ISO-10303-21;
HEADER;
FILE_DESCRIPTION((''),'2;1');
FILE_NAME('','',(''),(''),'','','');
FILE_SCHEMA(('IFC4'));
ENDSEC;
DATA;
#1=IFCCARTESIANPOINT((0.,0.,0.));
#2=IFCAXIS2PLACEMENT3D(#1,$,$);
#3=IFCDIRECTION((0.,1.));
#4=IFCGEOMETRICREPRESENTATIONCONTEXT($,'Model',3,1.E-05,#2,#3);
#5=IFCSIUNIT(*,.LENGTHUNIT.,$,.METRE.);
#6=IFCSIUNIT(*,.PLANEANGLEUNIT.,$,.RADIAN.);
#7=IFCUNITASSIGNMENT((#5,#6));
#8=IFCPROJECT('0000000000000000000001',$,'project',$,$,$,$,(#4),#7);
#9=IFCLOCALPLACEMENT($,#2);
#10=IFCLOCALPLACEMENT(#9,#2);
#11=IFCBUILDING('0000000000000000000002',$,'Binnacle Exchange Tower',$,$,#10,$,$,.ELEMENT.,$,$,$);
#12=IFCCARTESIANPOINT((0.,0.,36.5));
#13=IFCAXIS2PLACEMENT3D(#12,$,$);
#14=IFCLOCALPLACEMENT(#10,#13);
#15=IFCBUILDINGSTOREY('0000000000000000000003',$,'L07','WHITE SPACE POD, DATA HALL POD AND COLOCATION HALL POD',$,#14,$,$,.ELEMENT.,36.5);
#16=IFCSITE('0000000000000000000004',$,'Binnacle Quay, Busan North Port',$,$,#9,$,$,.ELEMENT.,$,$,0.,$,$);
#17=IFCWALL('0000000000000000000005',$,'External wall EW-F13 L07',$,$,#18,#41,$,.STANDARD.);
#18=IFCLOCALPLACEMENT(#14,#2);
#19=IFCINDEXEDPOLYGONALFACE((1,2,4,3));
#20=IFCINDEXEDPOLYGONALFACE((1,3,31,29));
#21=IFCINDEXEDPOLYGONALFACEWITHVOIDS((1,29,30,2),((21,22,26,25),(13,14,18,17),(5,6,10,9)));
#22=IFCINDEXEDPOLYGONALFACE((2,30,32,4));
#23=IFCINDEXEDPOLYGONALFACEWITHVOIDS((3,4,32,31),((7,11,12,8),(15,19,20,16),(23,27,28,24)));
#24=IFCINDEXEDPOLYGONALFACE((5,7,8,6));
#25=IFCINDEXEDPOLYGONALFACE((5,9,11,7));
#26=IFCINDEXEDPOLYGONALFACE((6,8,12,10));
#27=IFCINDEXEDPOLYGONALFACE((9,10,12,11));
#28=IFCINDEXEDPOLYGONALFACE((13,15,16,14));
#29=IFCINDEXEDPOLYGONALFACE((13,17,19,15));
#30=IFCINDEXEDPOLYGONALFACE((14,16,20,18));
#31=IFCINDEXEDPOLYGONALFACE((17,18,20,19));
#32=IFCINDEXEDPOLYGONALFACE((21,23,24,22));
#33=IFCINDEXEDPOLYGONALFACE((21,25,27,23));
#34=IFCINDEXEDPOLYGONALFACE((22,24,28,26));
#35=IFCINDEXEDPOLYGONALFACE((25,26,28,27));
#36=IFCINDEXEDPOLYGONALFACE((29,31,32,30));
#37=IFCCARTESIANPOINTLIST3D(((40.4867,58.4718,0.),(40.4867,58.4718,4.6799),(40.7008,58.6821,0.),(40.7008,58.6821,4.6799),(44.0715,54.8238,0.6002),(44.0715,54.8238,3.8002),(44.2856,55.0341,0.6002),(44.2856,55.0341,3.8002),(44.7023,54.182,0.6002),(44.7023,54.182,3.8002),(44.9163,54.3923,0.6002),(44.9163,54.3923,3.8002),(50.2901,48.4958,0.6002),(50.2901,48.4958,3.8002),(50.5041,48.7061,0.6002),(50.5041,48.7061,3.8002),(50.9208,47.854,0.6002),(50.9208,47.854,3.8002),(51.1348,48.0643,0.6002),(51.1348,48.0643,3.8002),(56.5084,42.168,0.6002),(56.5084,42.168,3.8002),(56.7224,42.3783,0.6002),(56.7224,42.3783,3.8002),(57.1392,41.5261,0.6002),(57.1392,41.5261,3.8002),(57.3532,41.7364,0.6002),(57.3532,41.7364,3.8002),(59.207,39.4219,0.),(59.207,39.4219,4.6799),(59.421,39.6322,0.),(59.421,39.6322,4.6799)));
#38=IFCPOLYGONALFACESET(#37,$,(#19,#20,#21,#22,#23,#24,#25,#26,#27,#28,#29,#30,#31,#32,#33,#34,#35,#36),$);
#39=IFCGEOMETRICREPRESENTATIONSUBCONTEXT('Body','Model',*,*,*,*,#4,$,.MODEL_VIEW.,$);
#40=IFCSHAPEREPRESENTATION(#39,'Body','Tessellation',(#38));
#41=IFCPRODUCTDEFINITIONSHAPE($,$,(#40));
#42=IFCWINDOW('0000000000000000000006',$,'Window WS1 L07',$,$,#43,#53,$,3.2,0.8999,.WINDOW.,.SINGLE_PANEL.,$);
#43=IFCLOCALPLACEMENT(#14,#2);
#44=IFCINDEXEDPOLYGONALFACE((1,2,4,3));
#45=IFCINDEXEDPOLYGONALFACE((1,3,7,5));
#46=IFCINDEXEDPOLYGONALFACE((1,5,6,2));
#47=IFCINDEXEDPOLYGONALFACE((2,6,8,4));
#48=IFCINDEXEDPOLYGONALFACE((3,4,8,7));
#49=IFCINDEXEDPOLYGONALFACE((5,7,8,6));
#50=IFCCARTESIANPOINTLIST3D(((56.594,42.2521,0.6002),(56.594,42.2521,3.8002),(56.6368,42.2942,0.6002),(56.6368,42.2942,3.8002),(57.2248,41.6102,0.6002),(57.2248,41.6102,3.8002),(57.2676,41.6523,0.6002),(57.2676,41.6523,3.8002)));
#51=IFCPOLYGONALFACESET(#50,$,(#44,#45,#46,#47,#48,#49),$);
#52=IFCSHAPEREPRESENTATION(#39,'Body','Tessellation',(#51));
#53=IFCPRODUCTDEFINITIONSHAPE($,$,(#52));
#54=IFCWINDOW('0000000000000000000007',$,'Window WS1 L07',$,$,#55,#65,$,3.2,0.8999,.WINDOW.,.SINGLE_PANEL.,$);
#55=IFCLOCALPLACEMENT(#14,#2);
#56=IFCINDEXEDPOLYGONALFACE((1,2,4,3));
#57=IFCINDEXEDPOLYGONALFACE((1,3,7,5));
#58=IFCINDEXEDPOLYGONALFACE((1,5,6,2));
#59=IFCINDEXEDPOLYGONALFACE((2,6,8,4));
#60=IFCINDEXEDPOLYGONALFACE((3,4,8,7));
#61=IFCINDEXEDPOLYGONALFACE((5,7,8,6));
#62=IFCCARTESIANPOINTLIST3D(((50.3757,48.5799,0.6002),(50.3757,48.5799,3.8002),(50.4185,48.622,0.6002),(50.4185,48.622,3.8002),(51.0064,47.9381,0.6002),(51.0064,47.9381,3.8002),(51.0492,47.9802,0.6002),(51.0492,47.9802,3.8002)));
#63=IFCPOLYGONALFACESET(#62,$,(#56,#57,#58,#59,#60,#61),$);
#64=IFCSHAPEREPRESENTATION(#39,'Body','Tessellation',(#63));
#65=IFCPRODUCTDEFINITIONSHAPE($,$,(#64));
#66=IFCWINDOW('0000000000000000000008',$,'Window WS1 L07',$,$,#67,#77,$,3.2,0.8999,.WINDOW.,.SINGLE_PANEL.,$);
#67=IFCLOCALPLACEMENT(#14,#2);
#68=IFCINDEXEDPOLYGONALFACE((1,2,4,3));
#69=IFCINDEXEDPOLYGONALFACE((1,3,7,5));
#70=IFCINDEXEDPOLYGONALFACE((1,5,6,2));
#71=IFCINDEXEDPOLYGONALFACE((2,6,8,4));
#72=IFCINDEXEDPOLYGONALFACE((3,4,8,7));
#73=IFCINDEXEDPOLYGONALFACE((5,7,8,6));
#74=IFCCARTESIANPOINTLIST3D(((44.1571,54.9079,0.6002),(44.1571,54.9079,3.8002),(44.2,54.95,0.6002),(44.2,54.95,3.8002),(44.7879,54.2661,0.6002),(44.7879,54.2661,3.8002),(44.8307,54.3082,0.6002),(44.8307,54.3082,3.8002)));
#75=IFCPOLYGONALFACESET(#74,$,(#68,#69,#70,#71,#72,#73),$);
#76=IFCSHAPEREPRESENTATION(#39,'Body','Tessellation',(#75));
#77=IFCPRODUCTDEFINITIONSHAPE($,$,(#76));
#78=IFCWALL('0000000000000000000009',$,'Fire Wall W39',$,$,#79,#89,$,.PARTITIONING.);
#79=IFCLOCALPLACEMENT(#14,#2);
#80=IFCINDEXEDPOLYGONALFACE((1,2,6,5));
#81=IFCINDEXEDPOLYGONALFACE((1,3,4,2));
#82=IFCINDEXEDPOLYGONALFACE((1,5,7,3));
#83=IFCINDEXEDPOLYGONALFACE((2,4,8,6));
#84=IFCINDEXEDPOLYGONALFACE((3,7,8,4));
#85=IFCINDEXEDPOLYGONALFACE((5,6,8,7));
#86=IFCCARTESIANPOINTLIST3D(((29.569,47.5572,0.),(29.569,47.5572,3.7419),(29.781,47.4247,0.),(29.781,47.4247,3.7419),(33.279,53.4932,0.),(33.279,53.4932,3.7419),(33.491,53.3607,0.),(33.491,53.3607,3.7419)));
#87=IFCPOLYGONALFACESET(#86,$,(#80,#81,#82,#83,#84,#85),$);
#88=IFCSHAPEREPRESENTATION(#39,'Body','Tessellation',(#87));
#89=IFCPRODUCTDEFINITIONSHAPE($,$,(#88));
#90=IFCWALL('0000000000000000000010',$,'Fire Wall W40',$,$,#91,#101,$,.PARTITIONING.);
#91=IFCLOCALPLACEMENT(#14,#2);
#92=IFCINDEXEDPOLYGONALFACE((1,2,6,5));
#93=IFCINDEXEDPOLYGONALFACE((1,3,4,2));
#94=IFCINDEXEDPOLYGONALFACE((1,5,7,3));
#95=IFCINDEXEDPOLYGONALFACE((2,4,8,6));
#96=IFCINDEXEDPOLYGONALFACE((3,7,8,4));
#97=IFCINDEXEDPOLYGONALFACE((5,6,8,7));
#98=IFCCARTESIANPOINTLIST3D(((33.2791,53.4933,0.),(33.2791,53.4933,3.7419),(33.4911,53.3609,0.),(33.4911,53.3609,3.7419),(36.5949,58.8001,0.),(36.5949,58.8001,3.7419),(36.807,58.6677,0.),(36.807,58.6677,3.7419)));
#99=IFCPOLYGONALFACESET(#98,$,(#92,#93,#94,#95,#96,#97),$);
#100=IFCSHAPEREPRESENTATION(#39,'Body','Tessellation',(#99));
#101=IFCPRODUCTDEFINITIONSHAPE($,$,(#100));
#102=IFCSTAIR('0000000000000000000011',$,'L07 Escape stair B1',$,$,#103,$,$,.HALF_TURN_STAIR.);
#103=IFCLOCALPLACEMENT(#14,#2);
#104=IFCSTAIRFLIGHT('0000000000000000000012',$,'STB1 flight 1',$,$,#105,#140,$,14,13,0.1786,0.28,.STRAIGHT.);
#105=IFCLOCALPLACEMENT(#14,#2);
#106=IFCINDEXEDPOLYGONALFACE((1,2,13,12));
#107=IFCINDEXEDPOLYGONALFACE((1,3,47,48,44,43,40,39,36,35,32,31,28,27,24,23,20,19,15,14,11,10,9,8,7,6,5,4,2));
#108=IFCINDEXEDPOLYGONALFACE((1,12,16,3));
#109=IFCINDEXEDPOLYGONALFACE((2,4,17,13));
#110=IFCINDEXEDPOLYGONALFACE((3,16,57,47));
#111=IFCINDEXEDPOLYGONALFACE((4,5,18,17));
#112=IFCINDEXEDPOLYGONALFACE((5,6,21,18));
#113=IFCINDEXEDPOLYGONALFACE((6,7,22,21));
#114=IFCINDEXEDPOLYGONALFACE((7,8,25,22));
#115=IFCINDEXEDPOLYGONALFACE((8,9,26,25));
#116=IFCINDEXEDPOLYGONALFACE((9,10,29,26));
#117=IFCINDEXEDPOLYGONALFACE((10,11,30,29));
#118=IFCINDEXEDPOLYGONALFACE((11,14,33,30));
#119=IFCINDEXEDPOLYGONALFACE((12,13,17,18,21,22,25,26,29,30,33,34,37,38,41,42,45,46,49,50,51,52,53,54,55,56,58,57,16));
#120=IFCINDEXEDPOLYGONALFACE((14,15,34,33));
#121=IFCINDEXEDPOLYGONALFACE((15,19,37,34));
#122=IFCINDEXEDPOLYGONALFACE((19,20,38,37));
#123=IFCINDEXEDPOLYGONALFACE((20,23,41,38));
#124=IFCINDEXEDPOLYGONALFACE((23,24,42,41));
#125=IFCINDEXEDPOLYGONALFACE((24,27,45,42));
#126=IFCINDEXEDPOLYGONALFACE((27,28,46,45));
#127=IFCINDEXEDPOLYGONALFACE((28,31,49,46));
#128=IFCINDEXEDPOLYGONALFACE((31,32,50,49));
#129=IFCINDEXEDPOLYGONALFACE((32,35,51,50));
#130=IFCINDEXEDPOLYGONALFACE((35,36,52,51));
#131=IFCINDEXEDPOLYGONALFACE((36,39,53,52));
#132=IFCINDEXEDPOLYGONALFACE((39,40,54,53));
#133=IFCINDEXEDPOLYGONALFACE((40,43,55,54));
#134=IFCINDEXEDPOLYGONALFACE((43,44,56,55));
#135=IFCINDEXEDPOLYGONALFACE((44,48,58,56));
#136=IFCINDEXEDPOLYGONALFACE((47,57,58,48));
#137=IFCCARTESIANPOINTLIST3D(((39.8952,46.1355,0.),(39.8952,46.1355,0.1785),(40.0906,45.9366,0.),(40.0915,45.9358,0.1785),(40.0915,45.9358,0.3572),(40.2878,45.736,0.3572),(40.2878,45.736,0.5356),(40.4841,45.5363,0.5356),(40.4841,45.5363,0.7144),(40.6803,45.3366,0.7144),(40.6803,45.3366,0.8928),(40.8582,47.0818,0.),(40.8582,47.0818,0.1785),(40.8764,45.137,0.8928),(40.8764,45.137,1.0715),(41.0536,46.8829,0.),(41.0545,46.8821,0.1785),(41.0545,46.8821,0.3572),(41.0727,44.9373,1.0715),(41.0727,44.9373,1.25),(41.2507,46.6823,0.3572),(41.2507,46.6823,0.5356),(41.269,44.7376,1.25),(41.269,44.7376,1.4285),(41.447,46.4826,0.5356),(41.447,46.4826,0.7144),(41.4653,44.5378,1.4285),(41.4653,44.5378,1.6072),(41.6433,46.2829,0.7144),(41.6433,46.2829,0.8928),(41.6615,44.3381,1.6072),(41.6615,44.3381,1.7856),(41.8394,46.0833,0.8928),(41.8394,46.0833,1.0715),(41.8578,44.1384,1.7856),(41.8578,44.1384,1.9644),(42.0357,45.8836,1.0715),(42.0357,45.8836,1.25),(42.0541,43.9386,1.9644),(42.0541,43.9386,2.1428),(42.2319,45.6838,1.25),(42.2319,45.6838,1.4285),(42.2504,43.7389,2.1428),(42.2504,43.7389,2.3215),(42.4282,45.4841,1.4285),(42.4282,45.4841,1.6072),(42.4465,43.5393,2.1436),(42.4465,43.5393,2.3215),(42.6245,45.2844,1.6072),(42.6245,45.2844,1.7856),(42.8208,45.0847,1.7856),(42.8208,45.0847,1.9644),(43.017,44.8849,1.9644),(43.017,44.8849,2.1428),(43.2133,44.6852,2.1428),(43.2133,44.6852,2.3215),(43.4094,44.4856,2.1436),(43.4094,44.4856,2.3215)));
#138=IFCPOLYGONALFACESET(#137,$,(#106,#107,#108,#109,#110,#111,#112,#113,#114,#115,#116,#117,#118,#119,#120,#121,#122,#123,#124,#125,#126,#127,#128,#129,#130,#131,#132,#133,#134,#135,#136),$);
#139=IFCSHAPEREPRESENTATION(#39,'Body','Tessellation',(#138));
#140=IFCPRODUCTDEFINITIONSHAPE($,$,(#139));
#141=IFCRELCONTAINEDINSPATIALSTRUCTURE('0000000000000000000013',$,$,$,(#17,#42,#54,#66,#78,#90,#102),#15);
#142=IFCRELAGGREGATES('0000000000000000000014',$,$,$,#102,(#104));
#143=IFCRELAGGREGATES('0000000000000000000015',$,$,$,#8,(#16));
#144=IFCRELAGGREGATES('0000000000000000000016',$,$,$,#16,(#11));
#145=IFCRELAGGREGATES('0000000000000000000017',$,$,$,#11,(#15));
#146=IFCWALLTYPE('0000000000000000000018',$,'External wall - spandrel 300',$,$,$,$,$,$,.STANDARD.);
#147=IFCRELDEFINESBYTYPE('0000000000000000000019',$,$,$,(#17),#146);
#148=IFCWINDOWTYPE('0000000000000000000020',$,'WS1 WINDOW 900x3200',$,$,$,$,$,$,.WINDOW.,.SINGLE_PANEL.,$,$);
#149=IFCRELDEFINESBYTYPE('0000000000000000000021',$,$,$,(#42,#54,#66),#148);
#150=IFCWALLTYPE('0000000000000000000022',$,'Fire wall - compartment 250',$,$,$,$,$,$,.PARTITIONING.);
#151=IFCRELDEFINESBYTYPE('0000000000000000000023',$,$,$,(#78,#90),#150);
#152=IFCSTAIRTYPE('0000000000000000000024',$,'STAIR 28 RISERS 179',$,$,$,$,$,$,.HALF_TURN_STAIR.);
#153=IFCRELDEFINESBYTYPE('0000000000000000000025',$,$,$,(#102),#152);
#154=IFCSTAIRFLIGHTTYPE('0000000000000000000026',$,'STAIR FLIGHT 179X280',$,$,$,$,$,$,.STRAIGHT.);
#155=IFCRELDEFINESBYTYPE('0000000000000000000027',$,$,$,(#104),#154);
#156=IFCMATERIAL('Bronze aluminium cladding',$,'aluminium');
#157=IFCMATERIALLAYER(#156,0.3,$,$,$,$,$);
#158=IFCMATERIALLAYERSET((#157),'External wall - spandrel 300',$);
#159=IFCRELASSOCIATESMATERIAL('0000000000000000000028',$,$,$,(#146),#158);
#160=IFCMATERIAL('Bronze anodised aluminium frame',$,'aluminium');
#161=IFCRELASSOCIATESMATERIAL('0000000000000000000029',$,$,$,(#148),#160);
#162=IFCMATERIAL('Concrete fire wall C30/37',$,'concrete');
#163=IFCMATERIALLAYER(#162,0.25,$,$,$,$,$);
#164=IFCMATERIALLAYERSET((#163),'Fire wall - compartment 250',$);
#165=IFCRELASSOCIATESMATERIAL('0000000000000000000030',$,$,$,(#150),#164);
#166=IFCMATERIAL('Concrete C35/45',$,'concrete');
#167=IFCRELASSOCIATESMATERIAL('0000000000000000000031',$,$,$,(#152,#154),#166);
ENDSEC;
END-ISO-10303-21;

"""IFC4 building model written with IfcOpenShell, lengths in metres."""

from ifc_helpers import new_model, si_unit, direction, frame, frame_2d, origin, place, context, subcontext, project, spatial, polyline, rectangle, outline, extrude, material, layer, layer_set, type_object, element, fill, aggregate, save


model = new_model("IFC4")

# Units and contexts
model_context = context("Model", 3, precision=1e-05, world=origin(), true_north=direction((0.0, 1.0)))
body_context = subcontext(model_context, "Body", "Model", "MODEL_VIEW")
ifc_project = project(units=[si_unit("LENGTHUNIT", "METRE"), si_unit("PLANEANGLEUNIT", "RADIAN")], contexts=[model_context])

# Site, building, storey
site_placement = place(None, origin())
site = spatial("IfcSite", under=ifc_project, at=site_placement, Name="Binnacle Quay, Busan North Port", CompositionType="ELEMENT", RefElevation=0.0)
building_placement = place(site_placement, origin())
building = spatial("IfcBuilding", under=site, at=building_placement, Name="Binnacle Exchange Tower", CompositionType="ELEMENT")
storey_placement = place(building_placement, frame((0.0, 0.0, 36.5)))
storey = spatial("IfcBuildingStorey", under=building, at=storey_placement, Name="L07", Description="WHITE SPACE POD, DATA HALL POD AND COLOCATION HALL POD", CompositionType="ELEMENT", Elevation=36.5)

# Shared definitions
ifc_material_1 = material(Name="Bronze aluminium cladding", Category="aluminium")
ifc_layer_1 = layer(ifc_material_1, 0.3)
ifc_layer_set_1 = layer_set([ifc_layer_1], Name="External wall - spandrel 300")
wall_type_1 = type_object("IfcWallType", Name="External wall - spandrel 300", PredefinedType="STANDARD", material=ifc_layer_set_1)

# Wall, openings, windows
wall_1_placement = place(storey_placement, frame((40.5938, 58.5769, 0.0), z_axis=(0.0, 0.0, 1.0), x_axis=(0.70091, -0.71325, 0.0)))
wall_1 = element("IfcWall", 1, at=wall_1_placement, inside=storey, type_object=wall_type_1, Name="External wall EW-F13 L07", PredefinedType="STANDARD", context=body_context, shape_type="SweptSolid", body=[
    extrude(rectangle(XDim=26.7085, YDim=0.3, at=frame_2d((13.3542, 0.0))), origin(), (0.0, 0.0, 1.0), 4.6799),
])
opening_1_placement = place(wall_1_placement, frame((22.8584, 0.0, 0.6001)))
opening_1 = element("IfcOpeningElement", 2, at=opening_1_placement, cuts=wall_1, PredefinedType="OPENING", context=body_context, shape_type="SweptSolid", body=[
    extrude(rectangle(XDim=0.8999, YDim=3.2, at=frame_2d((0.45, 1.6001))), frame((0.0, 0.1599, 0.0), z_axis=(0.0, -1.0, 0.0), x_axis=(1.0, 0.0, 0.0)), (0.0, 0.0, 1.0), 0.3201),
])
opening_2_placement = place(wall_1_placement, frame((13.9866, 0.0, 0.6001)))
opening_2 = element("IfcOpeningElement", 3, at=opening_2_placement, cuts=wall_1, PredefinedType="OPENING", context=body_context, shape_type="SweptSolid", body=[
    extrude(rectangle(XDim=0.8999, YDim=3.2, at=frame_2d((0.45, 1.6001))), frame((0.0, 0.1599, 0.0), z_axis=(0.0, -1.0, 0.0), x_axis=(1.0, 0.0, 0.0)), (0.0, 0.0, 1.0), 0.3201),
])
opening_3_placement = place(wall_1_placement, frame((5.1145, 0.0, 0.6001)))
opening_3 = element("IfcOpeningElement", 4, at=opening_3_placement, cuts=wall_1, PredefinedType="OPENING", context=body_context, shape_type="SweptSolid", body=[
    extrude(rectangle(XDim=0.8999, YDim=3.2, at=frame_2d((0.45, 1.6001))), frame((0.0, 0.1599, 0.0), z_axis=(0.0, -1.0, 0.0), x_axis=(1.0, 0.0, 0.0)), (0.0, 0.0, 1.0), 0.3201),
])
ifc_material_2 = material(Name="Bronze anodised aluminium frame", Category="aluminium")
window_type = type_object("IfcWindowType", Name="WS1 WINDOW 900x3200", PartitioningType="SINGLE_PANEL", PredefinedType="WINDOW", material=ifc_material_2)
window_1_placement = place(opening_1_placement, origin())
window_1 = element("IfcWindow", 5, at=window_1_placement, inside=storey, type_object=window_type, Name="Window WS1 L07", OverallHeight=3.2, OverallWidth=0.8999, PartitioningType="SINGLE_PANEL", PredefinedType="WINDOW", context=body_context, shape_type="SweptSolid", body=[
    extrude(rectangle(XDim=0.8999, YDim=3.2, at=frame_2d((0.45, 1.6001))), frame((0.0, 0.03, 0.0), z_axis=(0.0, -1.0, 0.0), x_axis=(1.0, 0.0, 0.0)), (0.0, 0.0, 1.0), 0.0601),
])
fill(opening_1, window_1)
window_2_placement = place(opening_2_placement, origin())
window_2 = element("IfcWindow", 6, at=window_2_placement, inside=storey, type_object=window_type, Name="Window WS1 L07", OverallHeight=3.2, OverallWidth=0.8999, PartitioningType="SINGLE_PANEL", PredefinedType="WINDOW", context=body_context, shape_type="SweptSolid", body=[
    extrude(rectangle(XDim=0.8999, YDim=3.2, at=frame_2d((0.45, 1.6001))), frame((0.0, 0.03, 0.0), z_axis=(0.0, -1.0, 0.0), x_axis=(1.0, 0.0, 0.0)), (0.0, 0.0, 1.0), 0.0601),
])
fill(opening_2, window_2)
window_3_placement = place(opening_3_placement, origin())
window_3 = element("IfcWindow", 7, at=window_3_placement, inside=storey, type_object=window_type, Name="Window WS1 L07", OverallHeight=3.2, OverallWidth=0.8999, PartitioningType="SINGLE_PANEL", PredefinedType="WINDOW", context=body_context, shape_type="SweptSolid", body=[
    extrude(rectangle(XDim=0.8999, YDim=3.2, at=frame_2d((0.45, 1.6001))), frame((0.0, 0.03, 0.0), z_axis=(0.0, -1.0, 0.0), x_axis=(1.0, 0.0, 0.0)), (0.0, 0.0, 1.0), 0.0601),
])
fill(opening_3, window_3)

# Walls
ifc_material_3 = material(Name="Concrete fire wall C30/37", Category="concrete")
ifc_layer_2 = layer(ifc_material_3, 0.25)
ifc_layer_set_2 = layer_set([ifc_layer_2], Name="Fire wall - compartment 250")
wall_type_2 = type_object("IfcWallType", Name="Fire wall - compartment 250", PredefinedType="PARTITIONING", material=ifc_layer_set_2)
wall_2_placement = place(storey_placement, frame((29.675, 47.491, 0.0), z_axis=(0.0, 0.0, 1.0), x_axis=(0.529993, 0.848002, 0.0)))
element("IfcWall", 8, at=wall_2_placement, inside=storey, type_object=wall_type_2, Name="Fire Wall W39", PredefinedType="PARTITIONING", context=body_context, shape_type="SweptSolid", body=[
    extrude(rectangle(XDim=7.0, YDim=0.25, at=frame_2d((3.5, 0.0))), origin(), (0.0, 0.0, 1.0), 3.7419),
])
wall_3_placement = place(storey_placement, frame((33.385, 53.427, 0.0), z_axis=(0.0, 0.0, 1.0), x_axis=(0.529897, 0.848062, 0.0)))
element("IfcWall", 9, at=wall_3_placement, inside=storey, type_object=wall_type_2, Name="Fire Wall W40", PredefinedType="PARTITIONING", context=body_context, shape_type="SweptSolid", body=[
    extrude(rectangle(XDim=6.2576, YDim=0.25, at=frame_2d((3.1289, 0.0))), origin(), (0.0, 0.0, 1.0), 3.7419),
])

# Stair, stair flight
ifc_material_4 = material(Name="Concrete C35/45", Category="concrete")
stair_type = type_object("IfcStairType", Name="STAIR 28 RISERS 179", PredefinedType="HALF_TURN_STAIR", material=ifc_material_4)
stair_placement = place(storey_placement, origin())
stair = element("IfcStair", 10, at=stair_placement, inside=storey, type_object=stair_type, Name="L07 Escape stair B1", PredefinedType="HALF_TURN_STAIR")
stair_flight_type = type_object("IfcStairFlightType", Name="STAIR FLIGHT 179X280", PredefinedType="STRAIGHT", material=ifc_material_4)
stair_flight_1_placement = place(storey_placement, frame((40.3767, 46.6086, 0.0), z_axis=(0.0, 0.0, 1.0), x_axis=(0.700909, -0.71325, 0.0)))
stair_flight_1 = element("IfcStairFlight", 11, at=stair_flight_1_placement, type_object=stair_flight_type, Name="STB1 flight 1", NumberOfRisers=14, NumberOfTreads=13, PredefinedType="STRAIGHT", RiserHeight=0.1786, TreadLength=0.28, context=body_context, shape_type="SweptSolid", body=[
    extrude(outline(polyline([(0.0, 0.0), (0.0, 0.1785), (0.28, 0.1785), (0.28, 0.3572), (0.5601, 0.3572), (0.5601, 0.5356), (0.8401, 0.5356), (0.8401, 0.7144), (1.1201, 0.7144), (1.1201, 0.8928), (1.3999, 0.8928), (1.3999, 1.0715), (1.6799, 1.0715), (1.6799, 1.25), (1.96, 1.25), (1.96, 1.4285), (2.24, 1.4285), (2.24, 1.6072), (2.52, 1.6072), (2.52, 1.7856), (2.8, 1.7856), (2.8, 1.9644), (3.0801, 1.9644), (3.0801, 2.1428), (3.3601, 2.1428), (3.3601, 2.3215), (3.6399, 2.3215), (3.6399, 2.5), (3.6399, 2.1436), (0.2788, 0.0), (0.0, 0.0)])), frame((0.0, 0.675, 0.0), z_axis=(0.0, -1.0, 0.0), x_axis=(1.0, 0.0, 0.0)), (0.0, 0.0, 1.0), 1.3501),
])
aggregate(stair, [stair_flight_1])

save(model, "model.ifc")
